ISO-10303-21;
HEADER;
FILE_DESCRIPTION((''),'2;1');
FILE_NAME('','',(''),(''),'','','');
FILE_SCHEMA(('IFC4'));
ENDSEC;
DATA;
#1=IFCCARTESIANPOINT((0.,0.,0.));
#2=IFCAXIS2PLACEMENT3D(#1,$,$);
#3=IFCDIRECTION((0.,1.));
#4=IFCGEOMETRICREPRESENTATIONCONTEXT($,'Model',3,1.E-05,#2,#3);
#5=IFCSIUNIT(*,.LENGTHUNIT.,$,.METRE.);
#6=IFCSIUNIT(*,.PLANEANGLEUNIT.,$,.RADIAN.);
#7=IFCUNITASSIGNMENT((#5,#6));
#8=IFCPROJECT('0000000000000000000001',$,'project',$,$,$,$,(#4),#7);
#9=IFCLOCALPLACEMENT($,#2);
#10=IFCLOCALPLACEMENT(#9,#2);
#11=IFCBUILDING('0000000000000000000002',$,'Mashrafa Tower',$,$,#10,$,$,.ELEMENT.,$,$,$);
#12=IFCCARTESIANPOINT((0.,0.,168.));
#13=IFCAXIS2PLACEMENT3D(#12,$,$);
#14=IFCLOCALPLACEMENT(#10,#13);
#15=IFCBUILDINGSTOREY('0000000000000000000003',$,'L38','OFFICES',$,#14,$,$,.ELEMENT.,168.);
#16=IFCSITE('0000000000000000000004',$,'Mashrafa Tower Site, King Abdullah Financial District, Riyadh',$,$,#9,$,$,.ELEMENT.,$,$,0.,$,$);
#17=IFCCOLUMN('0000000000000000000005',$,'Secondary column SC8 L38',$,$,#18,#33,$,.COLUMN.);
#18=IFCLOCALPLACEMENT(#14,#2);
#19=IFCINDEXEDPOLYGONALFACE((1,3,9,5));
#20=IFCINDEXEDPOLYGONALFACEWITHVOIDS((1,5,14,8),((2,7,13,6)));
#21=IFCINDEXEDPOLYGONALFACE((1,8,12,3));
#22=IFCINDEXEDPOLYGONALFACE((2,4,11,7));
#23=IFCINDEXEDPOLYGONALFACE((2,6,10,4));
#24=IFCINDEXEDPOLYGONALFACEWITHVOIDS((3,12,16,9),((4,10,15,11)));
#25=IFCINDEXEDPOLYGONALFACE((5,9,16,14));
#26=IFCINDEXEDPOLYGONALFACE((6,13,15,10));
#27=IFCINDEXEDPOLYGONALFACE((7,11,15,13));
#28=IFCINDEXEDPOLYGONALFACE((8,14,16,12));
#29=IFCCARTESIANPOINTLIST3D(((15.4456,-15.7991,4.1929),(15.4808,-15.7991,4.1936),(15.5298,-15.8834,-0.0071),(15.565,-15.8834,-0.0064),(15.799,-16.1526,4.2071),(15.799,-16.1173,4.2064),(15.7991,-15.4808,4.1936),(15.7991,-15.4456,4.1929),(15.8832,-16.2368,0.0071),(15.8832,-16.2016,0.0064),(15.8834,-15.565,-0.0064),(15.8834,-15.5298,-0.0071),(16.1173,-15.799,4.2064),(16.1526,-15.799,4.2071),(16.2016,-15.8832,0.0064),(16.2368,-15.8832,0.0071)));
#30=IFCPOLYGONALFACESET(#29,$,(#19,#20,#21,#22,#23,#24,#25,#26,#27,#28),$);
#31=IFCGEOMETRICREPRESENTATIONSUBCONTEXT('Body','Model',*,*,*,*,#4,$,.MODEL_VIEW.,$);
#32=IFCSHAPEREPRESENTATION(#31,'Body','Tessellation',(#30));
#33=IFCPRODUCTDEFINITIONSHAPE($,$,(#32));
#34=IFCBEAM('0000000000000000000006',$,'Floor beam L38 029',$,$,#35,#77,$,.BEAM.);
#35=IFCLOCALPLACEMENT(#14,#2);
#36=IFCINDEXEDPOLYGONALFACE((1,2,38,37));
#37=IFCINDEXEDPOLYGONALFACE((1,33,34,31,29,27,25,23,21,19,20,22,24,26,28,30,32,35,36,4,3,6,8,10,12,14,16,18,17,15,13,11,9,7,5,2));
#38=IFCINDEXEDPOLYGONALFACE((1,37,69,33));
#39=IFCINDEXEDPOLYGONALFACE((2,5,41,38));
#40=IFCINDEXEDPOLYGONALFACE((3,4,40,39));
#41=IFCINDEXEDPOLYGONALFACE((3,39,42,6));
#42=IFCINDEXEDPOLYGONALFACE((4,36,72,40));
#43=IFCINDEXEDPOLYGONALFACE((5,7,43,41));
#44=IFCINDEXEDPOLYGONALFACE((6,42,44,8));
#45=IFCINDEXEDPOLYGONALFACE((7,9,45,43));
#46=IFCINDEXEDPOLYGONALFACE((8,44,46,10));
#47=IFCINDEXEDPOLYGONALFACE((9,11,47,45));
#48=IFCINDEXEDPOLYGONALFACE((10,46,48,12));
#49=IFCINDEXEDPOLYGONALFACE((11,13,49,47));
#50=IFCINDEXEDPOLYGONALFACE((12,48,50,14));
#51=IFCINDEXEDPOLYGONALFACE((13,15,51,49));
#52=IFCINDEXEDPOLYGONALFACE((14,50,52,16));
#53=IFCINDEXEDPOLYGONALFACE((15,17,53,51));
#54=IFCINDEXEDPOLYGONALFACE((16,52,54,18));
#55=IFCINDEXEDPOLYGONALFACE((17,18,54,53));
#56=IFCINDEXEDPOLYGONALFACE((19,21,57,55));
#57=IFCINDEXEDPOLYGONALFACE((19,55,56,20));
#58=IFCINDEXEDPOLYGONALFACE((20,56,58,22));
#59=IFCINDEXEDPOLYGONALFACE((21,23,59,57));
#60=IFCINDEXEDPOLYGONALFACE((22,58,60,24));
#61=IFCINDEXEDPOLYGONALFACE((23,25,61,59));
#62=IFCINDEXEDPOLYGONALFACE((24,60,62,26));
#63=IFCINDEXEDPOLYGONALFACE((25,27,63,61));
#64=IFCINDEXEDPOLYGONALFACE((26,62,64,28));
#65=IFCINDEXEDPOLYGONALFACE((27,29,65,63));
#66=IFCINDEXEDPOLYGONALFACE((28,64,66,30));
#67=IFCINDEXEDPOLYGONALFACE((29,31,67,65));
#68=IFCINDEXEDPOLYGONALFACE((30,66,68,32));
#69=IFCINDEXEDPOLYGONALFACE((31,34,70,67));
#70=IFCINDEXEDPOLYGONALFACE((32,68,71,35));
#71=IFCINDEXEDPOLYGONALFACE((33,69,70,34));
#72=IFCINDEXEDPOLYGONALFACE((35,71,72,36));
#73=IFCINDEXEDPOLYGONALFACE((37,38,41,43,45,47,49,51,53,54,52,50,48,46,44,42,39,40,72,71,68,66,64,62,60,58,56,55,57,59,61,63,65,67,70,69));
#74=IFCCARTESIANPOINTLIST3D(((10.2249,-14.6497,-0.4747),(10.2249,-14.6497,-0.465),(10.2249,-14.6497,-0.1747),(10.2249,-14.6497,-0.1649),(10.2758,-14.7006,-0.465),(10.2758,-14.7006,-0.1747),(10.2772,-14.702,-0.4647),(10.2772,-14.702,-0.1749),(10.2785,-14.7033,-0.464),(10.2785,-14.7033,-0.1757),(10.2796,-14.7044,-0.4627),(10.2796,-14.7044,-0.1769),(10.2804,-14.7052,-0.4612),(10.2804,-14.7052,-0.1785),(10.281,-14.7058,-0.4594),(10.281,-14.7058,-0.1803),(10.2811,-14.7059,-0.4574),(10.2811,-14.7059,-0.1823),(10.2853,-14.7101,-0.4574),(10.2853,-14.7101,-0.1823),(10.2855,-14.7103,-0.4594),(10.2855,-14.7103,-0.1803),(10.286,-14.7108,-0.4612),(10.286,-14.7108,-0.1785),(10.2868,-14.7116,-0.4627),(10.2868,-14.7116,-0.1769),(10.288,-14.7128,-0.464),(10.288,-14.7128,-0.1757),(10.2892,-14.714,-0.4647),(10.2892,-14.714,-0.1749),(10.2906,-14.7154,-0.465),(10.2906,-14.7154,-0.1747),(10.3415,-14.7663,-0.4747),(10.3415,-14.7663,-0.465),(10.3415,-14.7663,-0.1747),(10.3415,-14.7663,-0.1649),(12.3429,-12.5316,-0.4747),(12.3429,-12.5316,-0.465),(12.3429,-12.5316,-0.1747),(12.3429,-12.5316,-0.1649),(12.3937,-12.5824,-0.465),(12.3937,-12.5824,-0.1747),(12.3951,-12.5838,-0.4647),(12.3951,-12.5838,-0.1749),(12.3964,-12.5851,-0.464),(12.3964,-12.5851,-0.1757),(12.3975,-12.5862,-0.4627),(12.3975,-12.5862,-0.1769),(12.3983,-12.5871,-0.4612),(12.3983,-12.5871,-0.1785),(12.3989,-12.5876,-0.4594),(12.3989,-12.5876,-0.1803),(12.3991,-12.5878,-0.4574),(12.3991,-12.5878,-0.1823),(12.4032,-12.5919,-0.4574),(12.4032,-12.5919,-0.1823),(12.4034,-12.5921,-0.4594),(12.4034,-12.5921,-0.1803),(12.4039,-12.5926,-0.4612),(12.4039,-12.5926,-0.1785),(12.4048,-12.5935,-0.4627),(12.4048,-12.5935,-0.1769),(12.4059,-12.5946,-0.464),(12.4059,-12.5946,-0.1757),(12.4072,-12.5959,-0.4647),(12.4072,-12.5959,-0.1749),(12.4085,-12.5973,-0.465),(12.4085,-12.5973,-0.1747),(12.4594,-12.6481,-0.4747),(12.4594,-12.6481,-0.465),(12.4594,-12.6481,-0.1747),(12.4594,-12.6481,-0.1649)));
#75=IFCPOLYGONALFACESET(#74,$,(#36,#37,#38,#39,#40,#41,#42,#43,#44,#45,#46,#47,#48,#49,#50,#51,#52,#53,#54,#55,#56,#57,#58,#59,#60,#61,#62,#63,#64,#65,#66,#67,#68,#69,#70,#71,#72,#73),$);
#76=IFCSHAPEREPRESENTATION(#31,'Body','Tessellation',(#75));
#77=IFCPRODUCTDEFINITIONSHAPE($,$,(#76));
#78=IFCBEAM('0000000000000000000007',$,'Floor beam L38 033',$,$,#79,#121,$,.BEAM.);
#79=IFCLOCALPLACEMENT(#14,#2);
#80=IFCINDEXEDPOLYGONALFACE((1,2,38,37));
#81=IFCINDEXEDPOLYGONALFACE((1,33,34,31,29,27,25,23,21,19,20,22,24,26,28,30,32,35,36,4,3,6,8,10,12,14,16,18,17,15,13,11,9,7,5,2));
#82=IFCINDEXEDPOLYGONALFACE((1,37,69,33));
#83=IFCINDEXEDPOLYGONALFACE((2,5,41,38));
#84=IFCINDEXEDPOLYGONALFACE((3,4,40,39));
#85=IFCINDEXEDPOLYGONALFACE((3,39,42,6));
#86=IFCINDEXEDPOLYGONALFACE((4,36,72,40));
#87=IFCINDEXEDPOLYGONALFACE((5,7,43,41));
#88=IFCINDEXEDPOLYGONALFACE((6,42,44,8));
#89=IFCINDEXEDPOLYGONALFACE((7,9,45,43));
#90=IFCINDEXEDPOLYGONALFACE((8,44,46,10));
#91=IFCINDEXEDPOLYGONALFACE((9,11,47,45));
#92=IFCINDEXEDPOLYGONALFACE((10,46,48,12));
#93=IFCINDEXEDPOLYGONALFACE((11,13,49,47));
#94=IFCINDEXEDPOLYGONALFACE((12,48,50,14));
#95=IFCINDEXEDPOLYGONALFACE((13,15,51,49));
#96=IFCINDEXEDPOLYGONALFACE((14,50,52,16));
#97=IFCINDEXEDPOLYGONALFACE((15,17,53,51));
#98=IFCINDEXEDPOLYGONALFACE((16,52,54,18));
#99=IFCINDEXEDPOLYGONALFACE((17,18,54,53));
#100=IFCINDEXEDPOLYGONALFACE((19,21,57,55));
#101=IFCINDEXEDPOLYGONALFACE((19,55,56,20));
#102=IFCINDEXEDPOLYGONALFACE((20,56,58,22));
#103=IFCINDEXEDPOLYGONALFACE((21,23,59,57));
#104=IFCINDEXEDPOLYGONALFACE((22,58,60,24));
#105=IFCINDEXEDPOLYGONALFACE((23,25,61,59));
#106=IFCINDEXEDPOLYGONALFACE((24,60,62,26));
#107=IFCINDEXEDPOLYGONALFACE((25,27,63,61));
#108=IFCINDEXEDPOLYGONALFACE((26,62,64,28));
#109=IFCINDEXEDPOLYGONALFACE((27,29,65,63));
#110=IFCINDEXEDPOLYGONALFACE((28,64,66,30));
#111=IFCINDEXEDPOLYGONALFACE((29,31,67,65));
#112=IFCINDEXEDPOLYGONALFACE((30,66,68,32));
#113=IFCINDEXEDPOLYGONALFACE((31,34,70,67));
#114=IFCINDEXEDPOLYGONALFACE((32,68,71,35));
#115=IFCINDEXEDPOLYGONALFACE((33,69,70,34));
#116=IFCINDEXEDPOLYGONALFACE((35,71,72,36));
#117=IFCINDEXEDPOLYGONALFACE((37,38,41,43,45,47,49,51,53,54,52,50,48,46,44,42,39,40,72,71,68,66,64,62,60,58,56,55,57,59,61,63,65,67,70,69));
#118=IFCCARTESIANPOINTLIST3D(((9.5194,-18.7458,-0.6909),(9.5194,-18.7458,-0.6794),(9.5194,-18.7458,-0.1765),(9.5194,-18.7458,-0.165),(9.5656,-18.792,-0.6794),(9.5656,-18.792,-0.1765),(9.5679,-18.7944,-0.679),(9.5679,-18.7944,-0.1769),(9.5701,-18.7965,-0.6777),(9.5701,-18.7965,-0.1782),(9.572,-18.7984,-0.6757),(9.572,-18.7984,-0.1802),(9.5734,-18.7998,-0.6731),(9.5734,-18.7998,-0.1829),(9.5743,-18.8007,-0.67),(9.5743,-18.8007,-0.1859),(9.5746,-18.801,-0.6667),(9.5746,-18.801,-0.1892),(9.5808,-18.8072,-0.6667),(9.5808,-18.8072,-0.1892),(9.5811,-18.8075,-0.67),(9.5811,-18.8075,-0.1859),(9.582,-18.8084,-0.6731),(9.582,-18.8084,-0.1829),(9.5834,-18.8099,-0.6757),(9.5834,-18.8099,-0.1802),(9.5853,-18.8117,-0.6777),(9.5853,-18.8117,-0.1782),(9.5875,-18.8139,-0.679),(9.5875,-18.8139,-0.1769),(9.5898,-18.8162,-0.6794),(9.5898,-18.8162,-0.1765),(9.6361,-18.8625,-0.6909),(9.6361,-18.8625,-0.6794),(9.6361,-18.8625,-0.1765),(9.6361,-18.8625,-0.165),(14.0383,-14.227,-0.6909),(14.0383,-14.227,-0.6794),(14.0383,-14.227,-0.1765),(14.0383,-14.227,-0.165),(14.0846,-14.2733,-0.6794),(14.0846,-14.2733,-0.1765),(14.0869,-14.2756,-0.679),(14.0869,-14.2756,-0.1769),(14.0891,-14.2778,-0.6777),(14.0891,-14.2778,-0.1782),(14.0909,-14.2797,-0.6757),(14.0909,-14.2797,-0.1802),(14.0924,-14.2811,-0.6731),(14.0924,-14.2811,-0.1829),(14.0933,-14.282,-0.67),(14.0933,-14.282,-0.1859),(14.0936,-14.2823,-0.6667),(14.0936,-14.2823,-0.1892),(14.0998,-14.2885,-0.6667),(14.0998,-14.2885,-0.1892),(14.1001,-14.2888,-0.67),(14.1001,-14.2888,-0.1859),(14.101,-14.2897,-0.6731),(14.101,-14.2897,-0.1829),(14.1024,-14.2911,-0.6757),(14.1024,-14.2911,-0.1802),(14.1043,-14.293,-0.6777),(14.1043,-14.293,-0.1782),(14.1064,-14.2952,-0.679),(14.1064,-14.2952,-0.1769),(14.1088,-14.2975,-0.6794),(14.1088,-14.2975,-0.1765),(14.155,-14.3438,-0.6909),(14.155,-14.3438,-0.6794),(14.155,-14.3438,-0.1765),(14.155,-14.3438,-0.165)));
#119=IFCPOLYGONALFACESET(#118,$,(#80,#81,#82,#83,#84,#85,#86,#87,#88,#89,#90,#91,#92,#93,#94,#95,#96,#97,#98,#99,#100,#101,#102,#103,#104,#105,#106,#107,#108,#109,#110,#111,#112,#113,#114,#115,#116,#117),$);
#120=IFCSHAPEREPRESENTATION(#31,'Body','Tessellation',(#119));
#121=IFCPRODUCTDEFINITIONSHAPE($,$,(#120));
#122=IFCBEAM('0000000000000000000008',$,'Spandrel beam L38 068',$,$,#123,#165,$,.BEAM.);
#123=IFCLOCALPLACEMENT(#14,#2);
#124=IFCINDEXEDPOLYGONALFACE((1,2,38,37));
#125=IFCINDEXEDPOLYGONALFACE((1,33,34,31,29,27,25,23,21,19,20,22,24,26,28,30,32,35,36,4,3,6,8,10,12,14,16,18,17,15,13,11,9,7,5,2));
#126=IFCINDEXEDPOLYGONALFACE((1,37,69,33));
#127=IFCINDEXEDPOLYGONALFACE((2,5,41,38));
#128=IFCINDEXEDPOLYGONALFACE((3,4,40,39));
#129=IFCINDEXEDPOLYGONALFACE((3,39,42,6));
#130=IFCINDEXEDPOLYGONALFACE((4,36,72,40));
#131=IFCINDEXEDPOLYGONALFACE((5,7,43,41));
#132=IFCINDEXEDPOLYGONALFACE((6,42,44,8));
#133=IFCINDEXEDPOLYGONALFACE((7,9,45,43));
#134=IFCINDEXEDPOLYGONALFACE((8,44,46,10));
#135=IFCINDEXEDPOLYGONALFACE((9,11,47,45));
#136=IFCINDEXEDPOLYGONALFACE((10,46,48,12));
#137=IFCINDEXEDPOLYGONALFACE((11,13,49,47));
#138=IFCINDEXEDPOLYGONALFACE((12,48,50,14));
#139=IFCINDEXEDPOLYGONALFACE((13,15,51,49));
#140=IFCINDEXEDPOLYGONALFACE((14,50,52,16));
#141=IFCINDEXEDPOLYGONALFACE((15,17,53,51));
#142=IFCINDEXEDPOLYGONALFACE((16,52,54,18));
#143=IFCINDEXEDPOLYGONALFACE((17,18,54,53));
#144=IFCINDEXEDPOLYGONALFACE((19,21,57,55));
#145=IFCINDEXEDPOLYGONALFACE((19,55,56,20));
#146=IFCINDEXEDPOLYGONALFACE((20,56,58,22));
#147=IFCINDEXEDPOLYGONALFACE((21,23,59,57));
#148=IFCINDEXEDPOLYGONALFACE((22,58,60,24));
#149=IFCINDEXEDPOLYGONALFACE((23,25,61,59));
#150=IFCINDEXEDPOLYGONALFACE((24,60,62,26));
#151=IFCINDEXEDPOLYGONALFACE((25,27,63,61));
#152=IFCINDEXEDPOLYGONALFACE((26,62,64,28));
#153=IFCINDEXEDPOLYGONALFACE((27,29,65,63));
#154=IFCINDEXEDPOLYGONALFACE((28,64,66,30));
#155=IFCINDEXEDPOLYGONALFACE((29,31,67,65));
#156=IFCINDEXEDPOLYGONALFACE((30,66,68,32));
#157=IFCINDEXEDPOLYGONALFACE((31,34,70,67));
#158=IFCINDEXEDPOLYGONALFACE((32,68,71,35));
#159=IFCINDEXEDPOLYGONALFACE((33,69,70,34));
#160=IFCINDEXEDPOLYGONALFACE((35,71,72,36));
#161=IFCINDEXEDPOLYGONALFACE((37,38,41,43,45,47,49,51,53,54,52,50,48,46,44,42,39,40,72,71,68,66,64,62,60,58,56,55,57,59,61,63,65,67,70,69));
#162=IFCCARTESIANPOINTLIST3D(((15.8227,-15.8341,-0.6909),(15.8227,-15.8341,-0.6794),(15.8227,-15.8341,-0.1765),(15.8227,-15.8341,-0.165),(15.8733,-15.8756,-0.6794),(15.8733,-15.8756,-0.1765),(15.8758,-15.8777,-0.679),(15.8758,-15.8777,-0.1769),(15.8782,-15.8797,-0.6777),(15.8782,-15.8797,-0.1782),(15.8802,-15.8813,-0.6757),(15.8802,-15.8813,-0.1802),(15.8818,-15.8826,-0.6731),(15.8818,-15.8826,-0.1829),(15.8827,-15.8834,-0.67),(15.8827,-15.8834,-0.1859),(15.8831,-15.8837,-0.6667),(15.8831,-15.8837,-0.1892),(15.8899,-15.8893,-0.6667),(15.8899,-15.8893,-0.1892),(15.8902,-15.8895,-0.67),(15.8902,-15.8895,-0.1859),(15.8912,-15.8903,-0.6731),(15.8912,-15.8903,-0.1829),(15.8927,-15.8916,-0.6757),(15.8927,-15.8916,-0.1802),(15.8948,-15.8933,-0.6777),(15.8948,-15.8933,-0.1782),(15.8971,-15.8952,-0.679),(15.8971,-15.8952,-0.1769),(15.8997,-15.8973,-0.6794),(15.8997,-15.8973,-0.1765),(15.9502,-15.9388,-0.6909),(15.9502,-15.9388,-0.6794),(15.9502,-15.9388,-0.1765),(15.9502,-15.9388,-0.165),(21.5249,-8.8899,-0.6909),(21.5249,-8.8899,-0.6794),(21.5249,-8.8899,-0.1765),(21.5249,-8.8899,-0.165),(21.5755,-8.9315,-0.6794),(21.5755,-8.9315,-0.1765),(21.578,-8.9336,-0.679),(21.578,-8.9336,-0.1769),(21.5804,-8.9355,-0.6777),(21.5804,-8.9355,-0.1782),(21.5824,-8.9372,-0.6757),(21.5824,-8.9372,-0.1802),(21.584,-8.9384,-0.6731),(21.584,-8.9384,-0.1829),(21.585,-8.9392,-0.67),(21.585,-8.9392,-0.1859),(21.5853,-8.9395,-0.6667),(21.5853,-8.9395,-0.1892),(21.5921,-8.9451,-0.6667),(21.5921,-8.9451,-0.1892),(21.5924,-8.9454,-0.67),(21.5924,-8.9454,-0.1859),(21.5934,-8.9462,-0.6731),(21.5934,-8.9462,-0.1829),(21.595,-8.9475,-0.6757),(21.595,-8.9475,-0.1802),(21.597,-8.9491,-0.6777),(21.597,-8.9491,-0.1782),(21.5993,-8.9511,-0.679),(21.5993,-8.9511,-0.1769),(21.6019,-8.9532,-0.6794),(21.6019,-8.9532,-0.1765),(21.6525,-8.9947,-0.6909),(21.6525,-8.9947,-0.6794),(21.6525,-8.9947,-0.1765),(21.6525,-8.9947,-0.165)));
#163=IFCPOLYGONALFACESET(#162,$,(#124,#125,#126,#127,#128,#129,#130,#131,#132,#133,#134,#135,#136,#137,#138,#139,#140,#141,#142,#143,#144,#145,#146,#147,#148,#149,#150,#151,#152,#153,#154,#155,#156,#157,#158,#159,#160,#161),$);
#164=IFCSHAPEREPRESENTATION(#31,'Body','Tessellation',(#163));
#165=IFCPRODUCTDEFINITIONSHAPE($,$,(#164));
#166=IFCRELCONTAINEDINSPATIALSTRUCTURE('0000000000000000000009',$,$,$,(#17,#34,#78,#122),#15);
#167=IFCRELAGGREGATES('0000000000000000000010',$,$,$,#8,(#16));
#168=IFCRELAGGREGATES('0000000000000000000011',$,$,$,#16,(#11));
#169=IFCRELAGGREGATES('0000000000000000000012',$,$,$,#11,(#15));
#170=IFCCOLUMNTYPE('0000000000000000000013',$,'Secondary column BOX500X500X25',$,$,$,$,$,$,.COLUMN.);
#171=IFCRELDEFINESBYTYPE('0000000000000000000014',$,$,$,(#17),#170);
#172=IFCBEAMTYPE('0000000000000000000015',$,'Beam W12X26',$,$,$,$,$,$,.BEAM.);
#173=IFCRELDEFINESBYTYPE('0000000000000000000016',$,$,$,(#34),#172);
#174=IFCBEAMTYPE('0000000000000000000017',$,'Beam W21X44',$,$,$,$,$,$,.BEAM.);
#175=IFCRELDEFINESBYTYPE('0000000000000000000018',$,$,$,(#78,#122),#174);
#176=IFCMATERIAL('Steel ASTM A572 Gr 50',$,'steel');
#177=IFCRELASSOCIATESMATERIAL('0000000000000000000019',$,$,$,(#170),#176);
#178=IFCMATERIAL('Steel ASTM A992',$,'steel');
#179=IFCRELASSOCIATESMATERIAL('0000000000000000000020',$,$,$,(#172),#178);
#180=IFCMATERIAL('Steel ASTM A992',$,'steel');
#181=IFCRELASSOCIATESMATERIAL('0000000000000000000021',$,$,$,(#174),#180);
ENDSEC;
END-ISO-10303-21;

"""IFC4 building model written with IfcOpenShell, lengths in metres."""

from ifc_helpers import new_model, si_unit, direction, frame, origin, origin_2d, place, context, subcontext, project, spatial, hollow_rectangle, i_section, extrude, material, material_profile, profile_set, type_object, element, save


model = new_model("IFC4")

# Units and contexts
model_context = context("Model", 3, precision=1e-05, world=origin(), true_north=direction((0.0, 1.0)))
body_context = subcontext(model_context, "Body", "Model", "MODEL_VIEW")
ifc_project = project(units=[si_unit("LENGTHUNIT", "METRE"), si_unit("PLANEANGLEUNIT", "RADIAN")], contexts=[model_context])

# Site, building, storey
site_placement = place(None, origin())
site = spatial("IfcSite", under=ifc_project, at=site_placement, Name="Mashrafa Tower Site, King Abdullah Financial District, Riyadh", CompositionType="ELEMENT", RefElevation=0.0)
building_placement = place(site_placement, origin())
building = spatial("IfcBuilding", under=site, at=building_placement, Name="Mashrafa Tower", CompositionType="ELEMENT")
storey_placement = place(building_placement, frame((0.0, 0.0, 168.0)))
storey = spatial("IfcBuildingStorey", under=building, at=storey_placement, Name="L38", Description="OFFICES", CompositionType="ELEMENT", Elevation=168.0)

# Column
ifc_material_1 = material(Name="Steel ASTM A572 Gr 50", Category="steel")
ifc_material_profile_1 = material_profile(ifc_material_1, hollow_rectangle(XDim=0.5, YDim=0.5, WallThickness=0.0249, at=origin_2d()), Name="BOX500X500X25")
ifc_profile_set_1 = profile_set([ifc_material_profile_1], Name="Steel ASTM A572 Gr 50")
column_type = type_object("IfcColumnType", Name="Secondary column BOX500X500X25", PredefinedType="COLUMN", material=ifc_profile_set_1)
column_placement = place(storey_placement, frame((15.8833, -15.8833, 0.0), z_axis=(-0.020047, 0.020047, 0.999598), x_axis=(-0.707107, -0.707107, 0.0)))
element("IfcColumn", 1, at=column_placement, inside=storey, type_object=column_type, Name="Secondary column SC8 L38", PredefinedType="COLUMN", context=body_context, shape_type="SweptSolid", body=[
    extrude(hollow_rectangle(XDim=0.5, YDim=0.5, WallThickness=0.0249, at=origin_2d()), origin(), (0.0, 0.0, 1.0), 4.2017),
])

# Beams
ifc_material_2 = material(Name="Steel ASTM A992", Category="steel")
ifc_material_profile_2 = material_profile(ifc_material_2, i_section(OverallWidth=0.1648, OverallDepth=0.3098, WebThickness=0.0059, FlangeThickness=0.0098, FilletRadius=0.0076, at=origin_2d()), Name="W12X26")
ifc_profile_set_2 = profile_set([ifc_material_profile_2], Name="Steel ASTM A992")
beam_type_1 = type_object("IfcBeamType", Name="Beam W12X26", PredefinedType="BEAM", material=ifc_profile_set_2)
beam_1_placement = place(storey_placement, frame((12.4011, -12.5898, -0.3198), z_axis=(-0.707066, -0.707148, 0.0), x_axis=(0.707148, -0.707066, 0.0)))
element("IfcBeam", 2, at=beam_1_placement, inside=storey, type_object=beam_type_1, Name="Floor beam L38 029", PredefinedType="BEAM", context=body_context, shape_type="SweptSolid", body=[
    extrude(i_section(OverallWidth=0.1648, OverallDepth=0.3098, WebThickness=0.0059, FlangeThickness=0.0098, FilletRadius=0.0076, at=origin_2d()), origin(), (0.0, 0.0, 1.0), 2.9954),
])
ifc_material_3 = material(Name="Steel ASTM A992", Category="steel")
ifc_material_profile_3 = material_profile(ifc_material_3, i_section(OverallWidth=0.165, OverallDepth=0.5259, WebThickness=0.0088, FlangeThickness=0.0115, FilletRadius=0.0127, at=origin_2d()), Name="W21X44")
ifc_profile_set_3 = profile_set([ifc_material_profile_3], Name="Steel ASTM A992")
beam_type_2 = type_object("IfcBeamType", Name="Beam W21X44", PredefinedType="BEAM", material=ifc_profile_set_3)
beam_2_placement = place(storey_placement, frame((14.0967, -14.2854, -0.428), z_axis=(-0.707126, -0.707088, 0.0), x_axis=(0.707088, -0.707126, 0.0)))
element("IfcBeam", 3, at=beam_2_placement, inside=storey, type_object=beam_type_2, Name="Floor beam L38 033", PredefinedType="BEAM", context=body_context, shape_type="SweptSolid", body=[
    extrude(i_section(OverallWidth=0.165, OverallDepth=0.5259, WebThickness=0.0088, FlangeThickness=0.0115, FilletRadius=0.0127, at=origin_2d()), origin(), (0.0, 0.0, 1.0), 6.3906),
])
beam_3_placement = place(storey_placement, frame((15.8865, -15.8865, -0.428), z_axis=(0.634611, 0.772831, 0.0), x_axis=(-0.772831, 0.634611, 0.0)))
element("IfcBeam", 4, at=beam_3_placement, inside=storey, type_object=beam_type_2, Name="Spandrel beam L38 068", PredefinedType="BEAM", context=body_context, shape_type="SweptSolid", body=[
    extrude(i_section(OverallWidth=0.165, OverallDepth=0.5259, WebThickness=0.0088, FlangeThickness=0.0115, FilletRadius=0.0127, at=origin_2d()), origin(), (0.0, 0.0, 1.0), 8.9854),
])

save(model, "model.ifc")
